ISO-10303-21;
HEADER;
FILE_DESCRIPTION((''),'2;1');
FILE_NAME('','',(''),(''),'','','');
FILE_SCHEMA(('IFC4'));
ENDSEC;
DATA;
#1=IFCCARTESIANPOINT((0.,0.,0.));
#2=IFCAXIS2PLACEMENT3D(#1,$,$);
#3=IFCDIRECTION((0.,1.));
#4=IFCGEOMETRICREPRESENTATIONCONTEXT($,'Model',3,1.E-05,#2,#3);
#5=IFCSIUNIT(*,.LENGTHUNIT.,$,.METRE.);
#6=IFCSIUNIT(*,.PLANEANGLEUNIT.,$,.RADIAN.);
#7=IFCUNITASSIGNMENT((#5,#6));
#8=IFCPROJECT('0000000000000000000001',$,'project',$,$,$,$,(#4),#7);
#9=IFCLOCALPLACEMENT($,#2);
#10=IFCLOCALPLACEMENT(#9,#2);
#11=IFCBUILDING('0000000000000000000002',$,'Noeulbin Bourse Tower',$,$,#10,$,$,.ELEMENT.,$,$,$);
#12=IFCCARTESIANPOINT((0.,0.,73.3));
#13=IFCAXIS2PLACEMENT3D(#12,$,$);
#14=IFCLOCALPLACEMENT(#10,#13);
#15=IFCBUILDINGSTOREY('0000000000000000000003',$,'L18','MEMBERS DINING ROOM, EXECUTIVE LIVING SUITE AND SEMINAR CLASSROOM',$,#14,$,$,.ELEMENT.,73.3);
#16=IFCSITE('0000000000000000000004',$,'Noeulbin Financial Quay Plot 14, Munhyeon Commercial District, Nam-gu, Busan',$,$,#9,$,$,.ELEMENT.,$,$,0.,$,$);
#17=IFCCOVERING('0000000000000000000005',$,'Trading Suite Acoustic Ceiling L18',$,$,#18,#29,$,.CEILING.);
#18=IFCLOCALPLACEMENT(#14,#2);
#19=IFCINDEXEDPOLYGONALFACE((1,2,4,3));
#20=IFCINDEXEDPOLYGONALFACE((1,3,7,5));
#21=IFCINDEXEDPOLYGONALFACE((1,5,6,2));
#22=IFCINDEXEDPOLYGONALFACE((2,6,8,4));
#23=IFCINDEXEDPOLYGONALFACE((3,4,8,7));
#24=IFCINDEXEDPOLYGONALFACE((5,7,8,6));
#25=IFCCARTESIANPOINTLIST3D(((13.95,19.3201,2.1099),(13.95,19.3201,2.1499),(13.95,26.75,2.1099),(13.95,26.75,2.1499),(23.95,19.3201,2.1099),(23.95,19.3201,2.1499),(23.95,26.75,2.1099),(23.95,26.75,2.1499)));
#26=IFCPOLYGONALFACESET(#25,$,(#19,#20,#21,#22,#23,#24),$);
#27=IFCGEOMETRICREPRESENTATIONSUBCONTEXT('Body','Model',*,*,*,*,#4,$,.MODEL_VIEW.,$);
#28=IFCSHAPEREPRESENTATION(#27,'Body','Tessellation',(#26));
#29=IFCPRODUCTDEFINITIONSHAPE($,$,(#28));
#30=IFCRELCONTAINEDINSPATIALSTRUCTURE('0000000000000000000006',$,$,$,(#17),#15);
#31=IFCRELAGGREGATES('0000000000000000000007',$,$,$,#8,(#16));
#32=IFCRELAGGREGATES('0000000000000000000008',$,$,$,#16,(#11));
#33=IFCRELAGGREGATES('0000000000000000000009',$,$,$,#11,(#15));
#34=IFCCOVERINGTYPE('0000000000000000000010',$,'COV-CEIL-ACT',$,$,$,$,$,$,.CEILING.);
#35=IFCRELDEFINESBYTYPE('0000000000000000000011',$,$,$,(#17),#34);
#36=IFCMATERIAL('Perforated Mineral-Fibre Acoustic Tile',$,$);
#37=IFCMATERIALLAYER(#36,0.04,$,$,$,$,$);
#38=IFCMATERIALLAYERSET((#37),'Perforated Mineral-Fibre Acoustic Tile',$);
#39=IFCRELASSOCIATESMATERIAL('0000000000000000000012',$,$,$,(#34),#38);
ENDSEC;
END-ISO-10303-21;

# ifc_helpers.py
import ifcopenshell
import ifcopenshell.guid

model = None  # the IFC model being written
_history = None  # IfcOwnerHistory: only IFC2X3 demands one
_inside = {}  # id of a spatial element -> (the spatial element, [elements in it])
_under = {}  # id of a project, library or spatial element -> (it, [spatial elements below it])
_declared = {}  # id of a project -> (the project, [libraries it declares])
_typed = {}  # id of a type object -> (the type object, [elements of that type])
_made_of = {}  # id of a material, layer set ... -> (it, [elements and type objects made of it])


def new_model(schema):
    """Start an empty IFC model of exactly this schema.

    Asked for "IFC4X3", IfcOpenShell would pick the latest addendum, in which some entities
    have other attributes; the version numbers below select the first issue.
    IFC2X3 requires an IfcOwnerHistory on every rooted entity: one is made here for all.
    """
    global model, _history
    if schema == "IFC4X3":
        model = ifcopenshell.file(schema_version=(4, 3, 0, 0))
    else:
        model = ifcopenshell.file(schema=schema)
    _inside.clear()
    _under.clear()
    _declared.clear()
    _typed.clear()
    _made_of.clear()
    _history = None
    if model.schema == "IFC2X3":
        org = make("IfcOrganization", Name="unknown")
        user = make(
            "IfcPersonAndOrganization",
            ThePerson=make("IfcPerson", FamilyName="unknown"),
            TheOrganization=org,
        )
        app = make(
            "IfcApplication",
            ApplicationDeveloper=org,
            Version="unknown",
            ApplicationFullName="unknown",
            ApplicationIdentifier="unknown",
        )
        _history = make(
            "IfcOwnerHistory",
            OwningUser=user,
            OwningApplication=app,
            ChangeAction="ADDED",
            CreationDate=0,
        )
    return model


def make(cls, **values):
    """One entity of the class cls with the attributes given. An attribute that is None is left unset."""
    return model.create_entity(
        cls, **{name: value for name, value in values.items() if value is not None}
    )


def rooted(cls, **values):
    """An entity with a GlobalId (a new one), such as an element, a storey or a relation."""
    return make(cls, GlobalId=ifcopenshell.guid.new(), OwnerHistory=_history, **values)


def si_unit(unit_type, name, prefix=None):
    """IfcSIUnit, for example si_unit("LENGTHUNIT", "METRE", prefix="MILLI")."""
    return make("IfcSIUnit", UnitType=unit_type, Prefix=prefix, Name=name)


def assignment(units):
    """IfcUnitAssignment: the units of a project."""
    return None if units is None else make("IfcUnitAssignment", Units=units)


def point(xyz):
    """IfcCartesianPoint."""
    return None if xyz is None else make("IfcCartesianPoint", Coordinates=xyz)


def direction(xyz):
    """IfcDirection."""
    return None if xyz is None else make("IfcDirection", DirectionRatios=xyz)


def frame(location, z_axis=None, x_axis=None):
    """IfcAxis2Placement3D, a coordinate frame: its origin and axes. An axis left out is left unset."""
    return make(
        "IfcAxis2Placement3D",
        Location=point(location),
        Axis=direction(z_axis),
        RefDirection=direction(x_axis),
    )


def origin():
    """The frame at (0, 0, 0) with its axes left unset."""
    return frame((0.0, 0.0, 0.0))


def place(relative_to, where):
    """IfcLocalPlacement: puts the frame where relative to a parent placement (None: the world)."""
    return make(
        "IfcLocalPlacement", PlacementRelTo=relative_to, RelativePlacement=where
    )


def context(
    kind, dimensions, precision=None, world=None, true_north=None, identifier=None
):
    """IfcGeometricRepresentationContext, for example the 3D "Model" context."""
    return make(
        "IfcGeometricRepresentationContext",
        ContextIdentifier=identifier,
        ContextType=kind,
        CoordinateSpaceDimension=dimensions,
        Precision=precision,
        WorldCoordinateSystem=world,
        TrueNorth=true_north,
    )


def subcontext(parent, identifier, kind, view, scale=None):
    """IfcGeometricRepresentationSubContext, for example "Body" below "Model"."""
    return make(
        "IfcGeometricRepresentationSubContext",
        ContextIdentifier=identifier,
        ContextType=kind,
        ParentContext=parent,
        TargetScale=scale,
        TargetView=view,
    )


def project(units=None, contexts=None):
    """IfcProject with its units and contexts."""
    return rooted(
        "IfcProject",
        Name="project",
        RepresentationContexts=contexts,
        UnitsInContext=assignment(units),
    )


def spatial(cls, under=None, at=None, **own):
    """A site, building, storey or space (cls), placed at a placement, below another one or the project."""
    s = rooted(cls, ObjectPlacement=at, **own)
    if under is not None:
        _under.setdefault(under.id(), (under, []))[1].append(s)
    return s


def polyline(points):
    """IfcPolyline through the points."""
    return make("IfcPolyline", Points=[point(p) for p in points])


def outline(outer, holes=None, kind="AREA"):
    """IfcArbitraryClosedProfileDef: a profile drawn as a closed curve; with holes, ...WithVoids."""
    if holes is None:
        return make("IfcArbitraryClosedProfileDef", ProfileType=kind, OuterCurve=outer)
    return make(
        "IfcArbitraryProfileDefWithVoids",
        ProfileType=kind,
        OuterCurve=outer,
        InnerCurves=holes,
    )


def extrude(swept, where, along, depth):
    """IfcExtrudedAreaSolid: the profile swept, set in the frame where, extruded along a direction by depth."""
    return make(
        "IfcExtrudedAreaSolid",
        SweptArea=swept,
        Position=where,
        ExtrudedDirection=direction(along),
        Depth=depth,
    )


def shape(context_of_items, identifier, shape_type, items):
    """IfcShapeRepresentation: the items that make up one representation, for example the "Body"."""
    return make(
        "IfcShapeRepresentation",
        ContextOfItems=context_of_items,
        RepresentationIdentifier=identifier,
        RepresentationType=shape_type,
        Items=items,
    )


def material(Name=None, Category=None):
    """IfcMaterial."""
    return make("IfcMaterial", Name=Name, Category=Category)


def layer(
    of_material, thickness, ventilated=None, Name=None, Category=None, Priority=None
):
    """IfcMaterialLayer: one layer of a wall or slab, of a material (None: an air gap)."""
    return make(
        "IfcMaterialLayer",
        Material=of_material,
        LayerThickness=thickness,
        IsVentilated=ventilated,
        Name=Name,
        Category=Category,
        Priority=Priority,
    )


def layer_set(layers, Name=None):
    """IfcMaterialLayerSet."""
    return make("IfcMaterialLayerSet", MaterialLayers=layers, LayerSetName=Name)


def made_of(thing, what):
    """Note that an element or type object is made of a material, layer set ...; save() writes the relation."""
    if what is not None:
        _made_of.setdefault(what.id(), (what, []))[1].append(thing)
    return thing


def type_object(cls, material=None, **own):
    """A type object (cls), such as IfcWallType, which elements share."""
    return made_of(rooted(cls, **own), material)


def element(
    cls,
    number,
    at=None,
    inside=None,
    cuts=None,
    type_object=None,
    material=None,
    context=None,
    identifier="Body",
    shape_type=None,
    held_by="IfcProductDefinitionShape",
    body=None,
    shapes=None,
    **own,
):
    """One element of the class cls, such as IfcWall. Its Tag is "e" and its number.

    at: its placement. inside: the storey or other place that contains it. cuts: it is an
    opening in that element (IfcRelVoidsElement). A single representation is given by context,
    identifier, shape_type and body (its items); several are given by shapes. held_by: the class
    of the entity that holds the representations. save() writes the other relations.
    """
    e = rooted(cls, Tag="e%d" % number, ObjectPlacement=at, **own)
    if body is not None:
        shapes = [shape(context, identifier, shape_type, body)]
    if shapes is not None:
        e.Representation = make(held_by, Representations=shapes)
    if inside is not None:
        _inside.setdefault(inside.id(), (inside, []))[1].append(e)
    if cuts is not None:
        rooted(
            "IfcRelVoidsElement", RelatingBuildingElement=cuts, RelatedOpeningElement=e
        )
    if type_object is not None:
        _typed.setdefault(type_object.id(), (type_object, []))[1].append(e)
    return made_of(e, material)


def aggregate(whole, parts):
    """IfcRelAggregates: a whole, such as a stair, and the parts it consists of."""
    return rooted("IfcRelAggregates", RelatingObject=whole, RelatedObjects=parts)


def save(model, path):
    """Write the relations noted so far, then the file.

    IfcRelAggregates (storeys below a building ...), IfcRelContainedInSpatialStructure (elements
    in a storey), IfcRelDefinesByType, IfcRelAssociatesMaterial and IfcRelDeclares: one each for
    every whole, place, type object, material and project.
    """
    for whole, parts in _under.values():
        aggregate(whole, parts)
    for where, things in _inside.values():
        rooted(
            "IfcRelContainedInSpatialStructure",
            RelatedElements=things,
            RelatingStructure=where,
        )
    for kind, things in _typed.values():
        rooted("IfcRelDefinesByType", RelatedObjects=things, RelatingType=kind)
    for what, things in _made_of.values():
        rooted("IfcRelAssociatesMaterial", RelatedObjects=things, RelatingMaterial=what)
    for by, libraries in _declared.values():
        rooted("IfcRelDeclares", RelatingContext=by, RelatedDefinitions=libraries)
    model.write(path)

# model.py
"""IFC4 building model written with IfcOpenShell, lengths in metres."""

from ifc_helpers import new_model, si_unit, direction, frame, origin, place, context, subcontext, project, spatial, polyline, outline, extrude, material, layer, layer_set, type_object, element, save


model = new_model("IFC4")

# Units and contexts
model_context = context("Model", 3, precision=1e-05, world=origin(), true_north=direction((0.0, 1.0)))
body_context = subcontext(model_context, "Body", "Model", "MODEL_VIEW")
ifc_project = project(units=[si_unit("LENGTHUNIT", "METRE"), si_unit("PLANEANGLEUNIT", "RADIAN")], contexts=[model_context])

# Site, building, storey
site_placement = place(None, origin())
site = spatial("IfcSite", under=ifc_project, at=site_placement, Name="Noeulbin Financial Quay Plot 14, Munhyeon Commercial District, Nam-gu, Busan", CompositionType="ELEMENT", RefElevation=0.0)
building_placement = place(site_placement, origin())
building = spatial("IfcBuilding", under=site, at=building_placement, Name="Noeulbin Bourse Tower", CompositionType="ELEMENT")
storey_placement = place(building_placement, frame((0.0, 0.0, 73.3)))
storey = spatial("IfcBuildingStorey", under=building, at=storey_placement, Name="L18", Description="MEMBERS DINING ROOM, EXECUTIVE LIVING SUITE AND SEMINAR CLASSROOM", CompositionType="ELEMENT", Elevation=73.3)

# Covering
ifc_material_1 = material(Name="Perforated Mineral-Fibre Acoustic Tile")
ifc_layer_1 = layer(ifc_material_1, 0.04)
ifc_layer_set_1 = layer_set([ifc_layer_1], Name="Perforated Mineral-Fibre Acoustic Tile")
covering_type = type_object("IfcCoveringType", Name="COV-CEIL-ACT", PredefinedType="CEILING", material=ifc_layer_set_1)
covering_1_placement = place(storey_placement, frame((0.0, 0.0, 2.1099)))
element("IfcCovering", 1, at=covering_1_placement, inside=storey, type_object=covering_type, Name="Trading Suite Acoustic Ceiling L18", PredefinedType="CEILING", context=body_context, shape_type="SweptSolid", body=[
    extrude(outline(polyline([(13.95, 19.3201), (23.95, 19.3201), (23.95, 26.75), (13.95, 26.75), (13.95, 19.3201)])), origin(), (0.0, 0.0, 1.0), 0.04),
])

save(model, "model.ifc")
